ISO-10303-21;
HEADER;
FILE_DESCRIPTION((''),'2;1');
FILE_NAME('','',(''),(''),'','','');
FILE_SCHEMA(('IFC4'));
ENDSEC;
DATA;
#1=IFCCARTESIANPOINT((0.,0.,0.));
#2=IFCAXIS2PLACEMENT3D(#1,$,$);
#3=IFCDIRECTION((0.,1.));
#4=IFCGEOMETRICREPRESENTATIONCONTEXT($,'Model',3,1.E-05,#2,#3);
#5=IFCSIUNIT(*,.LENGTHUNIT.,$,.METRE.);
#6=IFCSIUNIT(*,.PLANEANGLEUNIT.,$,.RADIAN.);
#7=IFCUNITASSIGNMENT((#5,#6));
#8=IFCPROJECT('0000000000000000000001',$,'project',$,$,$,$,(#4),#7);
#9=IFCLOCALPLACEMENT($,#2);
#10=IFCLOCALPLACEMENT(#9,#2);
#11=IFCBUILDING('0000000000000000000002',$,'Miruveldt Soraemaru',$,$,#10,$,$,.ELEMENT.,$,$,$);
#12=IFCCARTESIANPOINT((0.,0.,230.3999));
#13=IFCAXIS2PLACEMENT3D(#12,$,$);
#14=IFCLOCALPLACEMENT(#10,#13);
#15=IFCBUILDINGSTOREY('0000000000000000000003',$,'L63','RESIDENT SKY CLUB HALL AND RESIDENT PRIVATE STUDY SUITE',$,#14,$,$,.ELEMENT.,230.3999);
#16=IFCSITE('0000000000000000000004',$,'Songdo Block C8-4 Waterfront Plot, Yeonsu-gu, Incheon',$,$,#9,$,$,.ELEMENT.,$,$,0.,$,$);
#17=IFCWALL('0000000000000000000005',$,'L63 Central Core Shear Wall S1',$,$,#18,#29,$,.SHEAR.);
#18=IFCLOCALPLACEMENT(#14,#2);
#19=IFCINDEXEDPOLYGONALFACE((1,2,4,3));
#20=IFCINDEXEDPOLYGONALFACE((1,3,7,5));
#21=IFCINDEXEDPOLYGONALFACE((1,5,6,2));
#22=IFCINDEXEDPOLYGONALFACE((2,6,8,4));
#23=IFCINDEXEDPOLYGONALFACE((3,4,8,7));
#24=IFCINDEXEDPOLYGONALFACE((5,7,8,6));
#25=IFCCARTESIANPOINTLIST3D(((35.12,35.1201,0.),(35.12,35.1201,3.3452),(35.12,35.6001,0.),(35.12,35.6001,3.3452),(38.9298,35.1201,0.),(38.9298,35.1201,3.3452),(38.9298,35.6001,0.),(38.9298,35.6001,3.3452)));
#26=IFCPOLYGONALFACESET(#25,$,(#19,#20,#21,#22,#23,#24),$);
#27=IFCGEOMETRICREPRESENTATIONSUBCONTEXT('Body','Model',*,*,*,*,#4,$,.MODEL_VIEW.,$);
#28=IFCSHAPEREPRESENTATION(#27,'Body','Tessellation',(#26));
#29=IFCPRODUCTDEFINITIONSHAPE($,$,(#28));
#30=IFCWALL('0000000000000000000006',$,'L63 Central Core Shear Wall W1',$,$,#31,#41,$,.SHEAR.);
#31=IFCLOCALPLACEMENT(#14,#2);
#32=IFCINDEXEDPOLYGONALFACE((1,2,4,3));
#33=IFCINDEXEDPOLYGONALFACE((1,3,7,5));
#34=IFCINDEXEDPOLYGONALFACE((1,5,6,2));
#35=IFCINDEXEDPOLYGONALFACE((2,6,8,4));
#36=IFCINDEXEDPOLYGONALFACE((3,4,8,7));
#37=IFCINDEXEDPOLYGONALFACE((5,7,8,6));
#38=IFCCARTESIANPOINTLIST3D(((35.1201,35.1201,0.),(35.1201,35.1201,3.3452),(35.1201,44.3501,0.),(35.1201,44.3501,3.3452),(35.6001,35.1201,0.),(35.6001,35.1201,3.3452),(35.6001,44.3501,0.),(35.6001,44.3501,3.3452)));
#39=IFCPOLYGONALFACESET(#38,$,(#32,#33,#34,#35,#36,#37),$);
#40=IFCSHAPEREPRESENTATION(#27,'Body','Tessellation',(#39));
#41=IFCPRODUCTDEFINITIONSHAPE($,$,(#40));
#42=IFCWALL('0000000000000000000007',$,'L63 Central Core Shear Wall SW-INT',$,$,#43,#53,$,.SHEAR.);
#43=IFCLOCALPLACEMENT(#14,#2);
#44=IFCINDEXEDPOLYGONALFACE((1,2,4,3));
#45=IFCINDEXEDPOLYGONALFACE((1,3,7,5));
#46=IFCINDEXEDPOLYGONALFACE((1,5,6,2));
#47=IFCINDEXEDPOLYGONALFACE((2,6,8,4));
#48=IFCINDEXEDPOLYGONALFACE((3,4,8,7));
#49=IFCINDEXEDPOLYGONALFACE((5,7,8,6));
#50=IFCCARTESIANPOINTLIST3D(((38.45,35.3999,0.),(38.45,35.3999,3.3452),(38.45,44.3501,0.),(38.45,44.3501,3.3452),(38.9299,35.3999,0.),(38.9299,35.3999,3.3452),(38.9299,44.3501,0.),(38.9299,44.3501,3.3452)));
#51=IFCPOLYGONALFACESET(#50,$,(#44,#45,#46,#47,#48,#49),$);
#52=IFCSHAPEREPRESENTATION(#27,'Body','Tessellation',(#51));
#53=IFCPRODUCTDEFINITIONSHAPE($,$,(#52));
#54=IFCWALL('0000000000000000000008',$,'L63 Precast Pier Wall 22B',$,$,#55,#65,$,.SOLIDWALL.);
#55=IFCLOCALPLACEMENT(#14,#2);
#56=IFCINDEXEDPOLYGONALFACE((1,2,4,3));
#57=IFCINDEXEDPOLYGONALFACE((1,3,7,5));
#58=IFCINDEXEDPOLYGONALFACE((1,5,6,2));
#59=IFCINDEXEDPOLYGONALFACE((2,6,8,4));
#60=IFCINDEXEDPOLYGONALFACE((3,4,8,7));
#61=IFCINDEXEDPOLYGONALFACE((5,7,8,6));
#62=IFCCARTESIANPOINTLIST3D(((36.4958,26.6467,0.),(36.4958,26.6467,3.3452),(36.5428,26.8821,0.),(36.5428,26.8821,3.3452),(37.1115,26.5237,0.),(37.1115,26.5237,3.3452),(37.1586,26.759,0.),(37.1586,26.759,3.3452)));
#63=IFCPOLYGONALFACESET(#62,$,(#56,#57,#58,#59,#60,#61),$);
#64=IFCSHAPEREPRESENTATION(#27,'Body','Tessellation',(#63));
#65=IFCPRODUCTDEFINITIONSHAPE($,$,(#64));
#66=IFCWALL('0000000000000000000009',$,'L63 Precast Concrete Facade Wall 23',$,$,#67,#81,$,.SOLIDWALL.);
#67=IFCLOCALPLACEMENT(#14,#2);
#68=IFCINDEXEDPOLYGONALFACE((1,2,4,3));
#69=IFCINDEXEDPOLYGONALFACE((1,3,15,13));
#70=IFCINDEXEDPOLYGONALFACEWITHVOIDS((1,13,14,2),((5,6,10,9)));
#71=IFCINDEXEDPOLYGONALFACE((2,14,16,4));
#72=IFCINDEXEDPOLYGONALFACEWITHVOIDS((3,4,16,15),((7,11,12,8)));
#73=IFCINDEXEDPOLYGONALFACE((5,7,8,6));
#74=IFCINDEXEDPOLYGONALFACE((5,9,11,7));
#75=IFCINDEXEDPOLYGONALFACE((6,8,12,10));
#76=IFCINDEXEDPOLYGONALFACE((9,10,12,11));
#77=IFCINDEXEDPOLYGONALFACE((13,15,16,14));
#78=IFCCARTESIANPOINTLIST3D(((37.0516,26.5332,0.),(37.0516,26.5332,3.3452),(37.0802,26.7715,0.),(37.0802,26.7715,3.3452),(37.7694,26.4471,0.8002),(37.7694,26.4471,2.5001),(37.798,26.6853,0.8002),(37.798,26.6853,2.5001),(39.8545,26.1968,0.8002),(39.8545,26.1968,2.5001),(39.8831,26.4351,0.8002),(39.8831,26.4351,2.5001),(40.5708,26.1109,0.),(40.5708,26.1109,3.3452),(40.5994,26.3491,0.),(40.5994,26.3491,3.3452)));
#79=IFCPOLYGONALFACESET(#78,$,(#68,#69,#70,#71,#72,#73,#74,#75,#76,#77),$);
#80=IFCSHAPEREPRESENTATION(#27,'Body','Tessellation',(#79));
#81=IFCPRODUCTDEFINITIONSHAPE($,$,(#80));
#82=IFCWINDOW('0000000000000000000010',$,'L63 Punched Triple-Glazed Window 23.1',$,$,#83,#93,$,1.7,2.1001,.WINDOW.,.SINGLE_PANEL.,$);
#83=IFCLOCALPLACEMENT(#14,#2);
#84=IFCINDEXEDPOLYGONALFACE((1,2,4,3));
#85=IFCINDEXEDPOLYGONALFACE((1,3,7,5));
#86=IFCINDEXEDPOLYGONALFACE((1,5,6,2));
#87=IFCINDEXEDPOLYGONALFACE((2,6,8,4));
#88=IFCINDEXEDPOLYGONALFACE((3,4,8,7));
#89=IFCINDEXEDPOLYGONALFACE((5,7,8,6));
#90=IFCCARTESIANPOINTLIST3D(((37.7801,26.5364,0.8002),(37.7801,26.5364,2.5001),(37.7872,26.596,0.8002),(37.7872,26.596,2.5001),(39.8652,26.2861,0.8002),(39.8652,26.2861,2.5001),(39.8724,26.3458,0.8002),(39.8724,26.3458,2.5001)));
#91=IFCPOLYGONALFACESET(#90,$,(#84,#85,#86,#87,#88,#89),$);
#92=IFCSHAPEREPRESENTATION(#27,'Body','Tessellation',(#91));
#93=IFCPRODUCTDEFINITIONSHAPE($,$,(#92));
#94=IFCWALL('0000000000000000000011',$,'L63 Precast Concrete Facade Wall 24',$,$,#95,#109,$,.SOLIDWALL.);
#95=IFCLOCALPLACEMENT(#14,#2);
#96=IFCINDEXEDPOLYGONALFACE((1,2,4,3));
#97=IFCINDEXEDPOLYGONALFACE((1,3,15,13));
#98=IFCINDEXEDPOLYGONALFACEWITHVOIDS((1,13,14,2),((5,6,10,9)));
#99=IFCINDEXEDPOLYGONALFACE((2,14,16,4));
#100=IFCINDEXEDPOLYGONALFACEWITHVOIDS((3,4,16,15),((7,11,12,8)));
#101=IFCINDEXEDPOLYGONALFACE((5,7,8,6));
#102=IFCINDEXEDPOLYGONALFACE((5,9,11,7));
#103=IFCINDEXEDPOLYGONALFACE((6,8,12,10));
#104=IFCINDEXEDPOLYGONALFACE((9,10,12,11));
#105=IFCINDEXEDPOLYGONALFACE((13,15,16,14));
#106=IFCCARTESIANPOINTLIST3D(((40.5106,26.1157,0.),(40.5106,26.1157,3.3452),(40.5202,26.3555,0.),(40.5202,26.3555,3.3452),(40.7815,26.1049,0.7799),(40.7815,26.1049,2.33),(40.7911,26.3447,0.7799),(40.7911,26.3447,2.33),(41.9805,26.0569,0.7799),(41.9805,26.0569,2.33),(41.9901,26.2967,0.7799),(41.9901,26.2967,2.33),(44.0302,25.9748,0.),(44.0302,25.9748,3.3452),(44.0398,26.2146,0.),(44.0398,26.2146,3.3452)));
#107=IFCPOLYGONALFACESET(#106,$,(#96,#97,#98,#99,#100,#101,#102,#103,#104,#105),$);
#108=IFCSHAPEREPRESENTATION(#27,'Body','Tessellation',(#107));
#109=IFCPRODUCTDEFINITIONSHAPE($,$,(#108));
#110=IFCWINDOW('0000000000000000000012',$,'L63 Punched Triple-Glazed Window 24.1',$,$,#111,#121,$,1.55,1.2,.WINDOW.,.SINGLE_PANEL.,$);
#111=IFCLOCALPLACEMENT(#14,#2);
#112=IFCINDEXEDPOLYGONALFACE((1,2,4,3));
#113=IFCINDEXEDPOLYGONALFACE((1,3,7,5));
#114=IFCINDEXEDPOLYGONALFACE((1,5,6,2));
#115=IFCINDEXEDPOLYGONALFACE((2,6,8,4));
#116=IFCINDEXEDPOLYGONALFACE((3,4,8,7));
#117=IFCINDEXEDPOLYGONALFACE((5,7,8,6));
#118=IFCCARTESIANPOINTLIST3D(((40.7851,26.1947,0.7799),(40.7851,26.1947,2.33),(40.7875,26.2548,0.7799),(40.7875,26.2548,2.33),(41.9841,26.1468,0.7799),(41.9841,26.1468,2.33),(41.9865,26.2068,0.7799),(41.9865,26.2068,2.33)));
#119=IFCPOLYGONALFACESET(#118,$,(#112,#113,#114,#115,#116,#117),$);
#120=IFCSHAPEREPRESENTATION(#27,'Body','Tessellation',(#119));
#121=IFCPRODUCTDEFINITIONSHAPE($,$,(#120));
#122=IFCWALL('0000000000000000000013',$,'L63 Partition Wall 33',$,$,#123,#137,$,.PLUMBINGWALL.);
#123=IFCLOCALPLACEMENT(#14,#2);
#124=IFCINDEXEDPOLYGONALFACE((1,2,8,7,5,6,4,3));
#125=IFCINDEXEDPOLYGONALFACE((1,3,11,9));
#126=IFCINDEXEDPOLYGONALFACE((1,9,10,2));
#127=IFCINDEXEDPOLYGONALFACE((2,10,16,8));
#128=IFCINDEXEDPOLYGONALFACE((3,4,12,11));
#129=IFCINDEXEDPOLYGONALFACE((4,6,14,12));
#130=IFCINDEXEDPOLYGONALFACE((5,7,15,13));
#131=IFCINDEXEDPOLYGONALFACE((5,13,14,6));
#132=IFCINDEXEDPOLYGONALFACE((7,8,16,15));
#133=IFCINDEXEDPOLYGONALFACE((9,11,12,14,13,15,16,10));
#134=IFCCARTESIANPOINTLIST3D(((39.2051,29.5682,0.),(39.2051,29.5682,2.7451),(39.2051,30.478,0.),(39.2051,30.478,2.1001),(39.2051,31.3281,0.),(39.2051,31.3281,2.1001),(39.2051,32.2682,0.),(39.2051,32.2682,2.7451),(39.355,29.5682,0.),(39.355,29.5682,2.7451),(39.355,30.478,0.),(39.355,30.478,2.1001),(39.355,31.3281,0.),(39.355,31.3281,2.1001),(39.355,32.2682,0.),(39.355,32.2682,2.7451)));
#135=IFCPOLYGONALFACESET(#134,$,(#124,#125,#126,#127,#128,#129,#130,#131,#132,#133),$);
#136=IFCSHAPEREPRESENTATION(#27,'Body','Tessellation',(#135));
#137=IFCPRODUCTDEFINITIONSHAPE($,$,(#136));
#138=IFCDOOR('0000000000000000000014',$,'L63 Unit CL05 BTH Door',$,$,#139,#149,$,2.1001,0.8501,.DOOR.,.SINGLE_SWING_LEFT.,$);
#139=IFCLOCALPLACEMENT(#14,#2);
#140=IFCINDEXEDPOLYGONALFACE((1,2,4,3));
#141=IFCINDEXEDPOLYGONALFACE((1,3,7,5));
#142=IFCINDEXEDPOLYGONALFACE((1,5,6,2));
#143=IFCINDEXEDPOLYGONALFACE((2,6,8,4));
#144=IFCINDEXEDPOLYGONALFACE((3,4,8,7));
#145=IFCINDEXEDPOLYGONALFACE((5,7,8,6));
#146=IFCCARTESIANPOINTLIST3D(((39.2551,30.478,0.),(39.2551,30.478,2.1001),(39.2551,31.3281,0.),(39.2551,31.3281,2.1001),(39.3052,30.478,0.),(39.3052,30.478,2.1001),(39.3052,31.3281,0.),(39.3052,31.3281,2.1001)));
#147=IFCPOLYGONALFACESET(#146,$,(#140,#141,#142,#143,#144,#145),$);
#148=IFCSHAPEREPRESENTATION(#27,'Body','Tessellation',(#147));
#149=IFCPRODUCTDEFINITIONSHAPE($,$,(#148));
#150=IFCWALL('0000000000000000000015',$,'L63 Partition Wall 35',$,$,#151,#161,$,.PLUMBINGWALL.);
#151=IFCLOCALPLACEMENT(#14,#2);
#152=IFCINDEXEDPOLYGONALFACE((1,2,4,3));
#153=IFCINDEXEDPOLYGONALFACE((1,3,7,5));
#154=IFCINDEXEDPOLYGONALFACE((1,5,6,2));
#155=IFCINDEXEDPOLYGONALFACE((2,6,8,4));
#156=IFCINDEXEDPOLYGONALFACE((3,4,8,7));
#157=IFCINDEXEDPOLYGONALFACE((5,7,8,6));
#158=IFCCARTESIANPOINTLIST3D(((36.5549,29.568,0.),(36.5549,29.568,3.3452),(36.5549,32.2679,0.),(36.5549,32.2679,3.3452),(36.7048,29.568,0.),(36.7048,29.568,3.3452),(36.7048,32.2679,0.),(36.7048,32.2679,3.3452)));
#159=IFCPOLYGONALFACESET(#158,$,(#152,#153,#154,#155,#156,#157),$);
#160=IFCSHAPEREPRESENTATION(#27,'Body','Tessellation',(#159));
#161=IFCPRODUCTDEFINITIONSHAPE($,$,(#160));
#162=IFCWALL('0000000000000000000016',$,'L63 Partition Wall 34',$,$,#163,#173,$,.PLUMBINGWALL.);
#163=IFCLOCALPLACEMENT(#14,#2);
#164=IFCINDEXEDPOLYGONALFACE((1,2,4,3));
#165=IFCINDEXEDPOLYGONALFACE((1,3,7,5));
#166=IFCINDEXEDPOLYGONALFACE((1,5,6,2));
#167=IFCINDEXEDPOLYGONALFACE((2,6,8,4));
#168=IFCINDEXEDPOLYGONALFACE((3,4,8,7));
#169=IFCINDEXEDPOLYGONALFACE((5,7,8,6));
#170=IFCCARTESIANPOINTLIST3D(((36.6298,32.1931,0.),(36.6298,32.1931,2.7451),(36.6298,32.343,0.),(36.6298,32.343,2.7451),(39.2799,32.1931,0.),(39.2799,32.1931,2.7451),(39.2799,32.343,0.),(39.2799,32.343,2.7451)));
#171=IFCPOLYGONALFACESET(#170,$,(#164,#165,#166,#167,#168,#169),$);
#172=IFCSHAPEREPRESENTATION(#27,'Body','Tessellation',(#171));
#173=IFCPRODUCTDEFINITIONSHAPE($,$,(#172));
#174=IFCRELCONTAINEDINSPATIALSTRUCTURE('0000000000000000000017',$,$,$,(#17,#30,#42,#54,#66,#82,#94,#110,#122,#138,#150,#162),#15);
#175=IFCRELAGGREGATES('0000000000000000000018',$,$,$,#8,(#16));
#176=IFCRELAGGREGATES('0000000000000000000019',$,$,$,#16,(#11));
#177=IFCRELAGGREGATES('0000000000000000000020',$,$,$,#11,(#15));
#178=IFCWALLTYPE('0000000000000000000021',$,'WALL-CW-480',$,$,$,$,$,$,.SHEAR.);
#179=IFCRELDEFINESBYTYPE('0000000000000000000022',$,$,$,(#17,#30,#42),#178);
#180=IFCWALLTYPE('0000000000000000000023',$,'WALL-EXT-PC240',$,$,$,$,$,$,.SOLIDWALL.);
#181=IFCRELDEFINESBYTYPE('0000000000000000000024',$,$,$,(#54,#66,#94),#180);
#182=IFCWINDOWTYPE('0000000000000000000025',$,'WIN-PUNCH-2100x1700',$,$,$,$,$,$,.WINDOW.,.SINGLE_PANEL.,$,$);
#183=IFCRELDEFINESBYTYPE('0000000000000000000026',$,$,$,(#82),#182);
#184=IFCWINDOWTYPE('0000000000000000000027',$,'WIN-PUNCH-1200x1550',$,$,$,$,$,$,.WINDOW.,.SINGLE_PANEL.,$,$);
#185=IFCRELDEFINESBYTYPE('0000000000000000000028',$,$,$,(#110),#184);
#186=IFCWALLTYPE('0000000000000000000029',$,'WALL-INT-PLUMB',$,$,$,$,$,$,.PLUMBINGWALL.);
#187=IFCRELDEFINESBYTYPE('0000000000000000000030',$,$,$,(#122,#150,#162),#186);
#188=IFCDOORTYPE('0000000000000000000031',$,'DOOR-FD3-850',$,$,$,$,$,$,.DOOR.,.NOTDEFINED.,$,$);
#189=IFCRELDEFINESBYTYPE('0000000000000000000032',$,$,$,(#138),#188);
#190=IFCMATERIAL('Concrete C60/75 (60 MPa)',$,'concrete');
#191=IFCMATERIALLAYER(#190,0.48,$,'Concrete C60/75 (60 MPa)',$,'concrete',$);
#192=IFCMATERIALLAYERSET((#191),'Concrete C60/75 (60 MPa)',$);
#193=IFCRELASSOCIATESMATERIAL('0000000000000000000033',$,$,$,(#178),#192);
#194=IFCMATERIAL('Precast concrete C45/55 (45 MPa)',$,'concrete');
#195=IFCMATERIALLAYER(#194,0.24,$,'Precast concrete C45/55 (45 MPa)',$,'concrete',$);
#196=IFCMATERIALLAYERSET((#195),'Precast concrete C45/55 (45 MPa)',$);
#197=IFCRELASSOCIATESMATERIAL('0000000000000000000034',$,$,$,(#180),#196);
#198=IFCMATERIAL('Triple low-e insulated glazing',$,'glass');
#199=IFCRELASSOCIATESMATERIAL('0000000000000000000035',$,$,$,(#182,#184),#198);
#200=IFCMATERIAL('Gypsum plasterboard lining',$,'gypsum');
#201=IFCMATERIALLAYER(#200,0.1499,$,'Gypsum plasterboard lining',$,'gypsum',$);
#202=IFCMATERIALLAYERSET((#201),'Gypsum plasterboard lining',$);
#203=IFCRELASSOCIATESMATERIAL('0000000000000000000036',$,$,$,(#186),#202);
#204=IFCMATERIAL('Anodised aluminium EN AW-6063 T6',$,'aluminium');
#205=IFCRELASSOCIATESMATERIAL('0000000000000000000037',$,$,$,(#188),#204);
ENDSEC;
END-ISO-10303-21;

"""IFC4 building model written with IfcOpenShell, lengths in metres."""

from ifc_helpers import new_model, si_unit, direction, frame, frame_2d, origin, place, context, subcontext, project, spatial, rectangle, extrude, material, layer, layer_set, type_object, element, fill, save


model = new_model("IFC4")

# Units and contexts
model_context = context("Model", 3, precision=1e-05, world=origin(), true_north=direction((0.0, 1.0)))
body_context = subcontext(model_context, "Body", "Model", "MODEL_VIEW")
ifc_project = project(units=[si_unit("LENGTHUNIT", "METRE"), si_unit("PLANEANGLEUNIT", "RADIAN")], contexts=[model_context])

# Site, building, storey
site_placement = place(None, origin())
site = spatial("IfcSite", under=ifc_project, at=site_placement, Name="Songdo Block C8-4 Waterfront Plot, Yeonsu-gu, Incheon", CompositionType="ELEMENT", RefElevation=0.0)
building_placement = place(site_placement, origin())
building = spatial("IfcBuilding", under=site, at=building_placement, Name="Miruveldt Soraemaru", CompositionType="ELEMENT")
storey_placement = place(building_placement, frame((0.0, 0.0, 230.3999)))
storey = spatial("IfcBuildingStorey", under=building, at=storey_placement, Name="L63", Description="RESIDENT SKY CLUB HALL AND RESIDENT PRIVATE STUDY SUITE", CompositionType="ELEMENT", Elevation=230.3999)

# Walls
ifc_material_1 = material(Name="Concrete C60/75 (60 MPa)", Category="concrete")
ifc_layer_1 = layer(ifc_material_1, 0.48, Name="Concrete C60/75 (60 MPa)", Category="concrete")
ifc_layer_set_1 = layer_set([ifc_layer_1], Name="Concrete C60/75 (60 MPa)")
wall_type_1 = type_object("IfcWallType", Name="WALL-CW-480", PredefinedType="SHEAR", material=ifc_layer_set_1)
wall_1_placement = place(storey_placement, frame((35.1201, 35.3601, 0.0), z_axis=(0.0, 0.0, 1.0), x_axis=(1.0, 0.0, 0.0)))
element("IfcWall", 1, at=wall_1_placement, inside=storey, type_object=wall_type_1, Name="L63 Central Core Shear Wall S1", PredefinedType="SHEAR", context=body_context, shape_type="SweptSolid", body=[
    extrude(rectangle(XDim=3.8098, YDim=0.48, at=frame_2d((1.9048, 0.0))), origin(), (0.0, 0.0, 1.0), 3.3452),
])
wall_2_placement = place(storey_placement, frame((35.3601, 35.1201, 0.0), z_axis=(0.0, 0.0, 1.0), x_axis=(0.0, 1.0, 0.0)))
element("IfcWall", 2, at=wall_2_placement, inside=storey, type_object=wall_type_1, Name="L63 Central Core Shear Wall W1", PredefinedType="SHEAR", context=body_context, shape_type="SweptSolid", body=[
    extrude(rectangle(XDim=9.23, YDim=0.48, at=frame_2d((4.615, 0.0))), origin(), (0.0, 0.0, 1.0), 3.3452),
])
wall_3_placement = place(storey_placement, frame((38.6899, 35.3999, 0.0), z_axis=(0.0, 0.0, 1.0), x_axis=(0.0, 1.0, 0.0)))
element("IfcWall", 3, at=wall_3_placement, inside=storey, type_object=wall_type_1, Name="L63 Central Core Shear Wall SW-INT", PredefinedType="SHEAR", context=body_context, shape_type="SweptSolid", body=[
    extrude(rectangle(XDim=8.9502, YDim=0.48, at=frame_2d((4.4751, 0.0))), origin(), (0.0, 0.0, 1.0), 3.3452),
])
ifc_material_2 = material(Name="Precast concrete C45/55 (45 MPa)", Category="concrete")
ifc_layer_2 = layer(ifc_material_2, 0.24, Name="Precast concrete C45/55 (45 MPa)", Category="concrete")
ifc_layer_set_2 = layer_set([ifc_layer_2], Name="Precast concrete C45/55 (45 MPa)")
wall_type_2 = type_object("IfcWallType", Name="WALL-EXT-PC240", PredefinedType="SOLIDWALL", material=ifc_layer_set_2)
wall_4_placement = place(storey_placement, frame((36.5193, 26.7644, 0.0), z_axis=(0.0, 0.0, 1.0), x_axis=(0.980611, -0.195967, 0.0)))
element("IfcWall", 4, at=wall_4_placement, inside=storey, type_object=wall_type_2, Name="L63 Precast Pier Wall 22B", PredefinedType="SOLIDWALL", context=body_context, shape_type="SweptSolid", body=[
    extrude(rectangle(XDim=0.6279, YDim=0.24, at=frame_2d((0.314, 0.0))), origin(), (0.0, 0.0, 1.0), 3.3452),
])

# Walls, openings, windows
wall_5_placement = place(storey_placement, frame((37.0659, 26.6523, 0.0), z_axis=(0.0, 0.0, 1.0), x_axis=(0.992875, -0.119159, 0.0)))
wall_5 = element("IfcWall", 5, at=wall_5_placement, inside=storey, type_object=wall_type_2, Name="L63 Precast Concrete Facade Wall 23", PredefinedType="SOLIDWALL", context=body_context, shape_type="SweptSolid", body=[
    extrude(rectangle(XDim=3.5444, YDim=0.24, at=frame_2d((1.7722, 0.0))), origin(), (0.0, 0.0, 1.0), 3.3452),
])
opening_1_placement = place(wall_5_placement, frame((0.7229, 0.0, 0.8)))
opening_1 = element("IfcOpeningElement", 6, at=opening_1_placement, cuts=wall_5, PredefinedType="OPENING", context=body_context, shape_type="SweptSolid", body=[
    extrude(rectangle(XDim=2.1001, YDim=1.7, at=frame_2d((1.05, 0.8501))), frame((0.0, 0.1299, 0.0), z_axis=(0.0, -1.0, 0.0), x_axis=(1.0, 0.0, 0.0)), (0.0, 0.0, 1.0), 0.26),
])
ifc_material_3 = material(Name="Triple low-e insulated glazing", Category="glass")
window_type_1 = type_object("IfcWindowType", Name="WIN-PUNCH-2100x1700", PartitioningType="SINGLE_PANEL", PredefinedType="WINDOW", material=ifc_material_3)
window_1_placement = place(opening_1_placement, origin())
window_1 = element("IfcWindow", 7, at=window_1_placement, inside=storey, type_object=window_type_1, Name="L63 Punched Triple-Glazed Window 23.1", OverallHeight=1.7, OverallWidth=2.1001, PartitioningType="SINGLE_PANEL", PredefinedType="WINDOW", context=body_context, shape_type="SweptSolid", body=[
    extrude(rectangle(XDim=2.1001, YDim=1.7, at=frame_2d((1.05, 0.8501))), frame((0.0, 0.03, 0.0), z_axis=(0.0, -1.0, 0.0), x_axis=(1.0, 0.0, 0.0)), (0.0, 0.0, 1.0), 0.0601),
])
fill(opening_1, window_1)
wall_6_placement = place(storey_placement, frame((40.5154, 26.2356, 0.0), z_axis=(0.0, 0.0, 1.0), x_axis=(0.9992, -0.039993, 0.0)))
wall_6 = element("IfcWall", 8, at=wall_6_placement, inside=storey, type_object=wall_type_2, Name="L63 Precast Concrete Facade Wall 24", PredefinedType="SOLIDWALL", context=body_context, shape_type="SweptSolid", body=[
    extrude(rectangle(XDim=3.5225, YDim=0.24, at=frame_2d((1.7612, 0.0))), origin(), (0.0, 0.0, 1.0), 3.3452),
])
opening_2_placement = place(wall_6_placement, frame((0.271, 0.0, 0.78)))
opening_2 = element("IfcOpeningElement", 9, at=opening_2_placement, cuts=wall_6, PredefinedType="OPENING", context=body_context, shape_type="SweptSolid", body=[
    extrude(rectangle(XDim=1.2, YDim=1.55, at=frame_2d((0.6001, 0.7749))), frame((0.0, 0.1299, 0.0), z_axis=(0.0, -1.0, 0.0), x_axis=(1.0, 0.0, 0.0)), (0.0, 0.0, 1.0), 0.26),
])
window_type_2 = type_object("IfcWindowType", Name="WIN-PUNCH-1200x1550", PartitioningType="SINGLE_PANEL", PredefinedType="WINDOW", material=ifc_material_3)
window_2_placement = place(opening_2_placement, origin())
window_2 = element("IfcWindow", 10, at=window_2_placement, inside=storey, type_object=window_type_2, Name="L63 Punched Triple-Glazed Window 24.1", OverallHeight=1.55, OverallWidth=1.2, PartitioningType="SINGLE_PANEL", PredefinedType="WINDOW", context=body_context, shape_type="SweptSolid", body=[
    extrude(rectangle(XDim=1.2, YDim=1.55, at=frame_2d((0.6001, 0.7749))), frame((0.0, 0.03, 0.0), z_axis=(0.0, -1.0, 0.0), x_axis=(1.0, 0.0, 0.0)), (0.0, 0.0, 1.0), 0.0601),
])
fill(opening_2, window_2)

# Wall, opening, door
ifc_material_4 = material(Name="Gypsum plasterboard lining", Category="gypsum")
ifc_layer_3 = layer(ifc_material_4, 0.1499, Name="Gypsum plasterboard lining", Category="gypsum")
ifc_layer_set_3 = layer_set([ifc_layer_3], Name="Gypsum plasterboard lining")
wall_type_3 = type_object("IfcWallType", Name="WALL-INT-PLUMB", PredefinedType="PLUMBINGWALL", material=ifc_layer_set_3)
wall_7_placement = place(storey_placement, frame((39.28, 29.5681, 0.0), z_axis=(0.0, 0.0, 1.0), x_axis=(0.0, 1.0, 0.0)))
wall_7 = element("IfcWall", 11, at=wall_7_placement, inside=storey, type_object=wall_type_3, Name="L63 Partition Wall 33", PredefinedType="PLUMBINGWALL", context=body_context, shape_type="SweptSolid", body=[
    extrude(rectangle(XDim=2.7, YDim=0.1499, at=frame_2d((1.3501, 0.0))), origin(), (0.0, 0.0, 1.0), 2.7451),
])
opening_3_placement = place(wall_7_placement, frame((0.9099, 0.0, 0.0)))
opening_3 = element("IfcOpeningElement", 12, at=opening_3_placement, cuts=wall_7, PredefinedType="OPENING", context=body_context, shape_type="SweptSolid", body=[
    extrude(rectangle(XDim=0.8501, YDim=2.1001, at=frame_2d((0.425, 1.05))), frame((0.0, 0.085, 0.0), z_axis=(0.0, -1.0, 0.0), x_axis=(1.0, 0.0, 0.0)), (0.0, 0.0, 1.0), 0.1699),
])
ifc_material_5 = material(Name="Anodised aluminium EN AW-6063 T6", Category="aluminium")
door_type_1 = type_object("IfcDoorType", Name="DOOR-FD3-850", OperationType="NOTDEFINED", PredefinedType="DOOR", material=ifc_material_5)
door_1_placement = place(opening_3_placement, origin())
door_1 = element("IfcDoor", 13, at=door_1_placement, inside=storey, type_object=door_type_1, Name="L63 Unit CL05 BTH Door", OperationType="SINGLE_SWING_LEFT", OverallHeight=2.1001, OverallWidth=0.8501, PredefinedType="DOOR", context=body_context, shape_type="SweptSolid", body=[
    extrude(rectangle(XDim=0.8501, YDim=2.1001, at=frame_2d((0.425, 1.05))), frame((0.0, 0.0249, 0.0), z_axis=(0.0, -1.0, 0.0), x_axis=(1.0, 0.0, 0.0)), (0.0, 0.0, 1.0), 0.05),
])
fill(opening_3, door_1)

# Walls
wall_8_placement = place(storey_placement, frame((36.6299, 32.2681, 0.0), z_axis=(0.0, 0.0, 1.0), x_axis=(0.0, -1.0, 0.0)))
element("IfcWall", 14, at=wall_8_placement, inside=storey, type_object=wall_type_3, Name="L63 Partition Wall 35", PredefinedType="PLUMBINGWALL", context=body_context, shape_type="SweptSolid", body=[
    extrude(rectangle(XDim=2.7, YDim=0.1499, at=frame_2d((1.3501, 0.0))), origin(), (0.0, 0.0, 1.0), 3.3452),
])
wall_9_placement = place(storey_placement, frame((39.28, 32.2681, 0.0), z_axis=(0.0, 0.0, 1.0), x_axis=(-1.0, 0.0, 0.0)))
element("IfcWall", 15, at=wall_9_placement, inside=storey, type_object=wall_type_3, Name="L63 Partition Wall 34", PredefinedType="PLUMBINGWALL", context=body_context, shape_type="SweptSolid", body=[
    extrude(rectangle(XDim=2.6501, YDim=0.1499, at=frame_2d((1.3252, 0.0))), origin(), (0.0, 0.0, 1.0), 2.7451),
])

save(model, "model.ifc")
